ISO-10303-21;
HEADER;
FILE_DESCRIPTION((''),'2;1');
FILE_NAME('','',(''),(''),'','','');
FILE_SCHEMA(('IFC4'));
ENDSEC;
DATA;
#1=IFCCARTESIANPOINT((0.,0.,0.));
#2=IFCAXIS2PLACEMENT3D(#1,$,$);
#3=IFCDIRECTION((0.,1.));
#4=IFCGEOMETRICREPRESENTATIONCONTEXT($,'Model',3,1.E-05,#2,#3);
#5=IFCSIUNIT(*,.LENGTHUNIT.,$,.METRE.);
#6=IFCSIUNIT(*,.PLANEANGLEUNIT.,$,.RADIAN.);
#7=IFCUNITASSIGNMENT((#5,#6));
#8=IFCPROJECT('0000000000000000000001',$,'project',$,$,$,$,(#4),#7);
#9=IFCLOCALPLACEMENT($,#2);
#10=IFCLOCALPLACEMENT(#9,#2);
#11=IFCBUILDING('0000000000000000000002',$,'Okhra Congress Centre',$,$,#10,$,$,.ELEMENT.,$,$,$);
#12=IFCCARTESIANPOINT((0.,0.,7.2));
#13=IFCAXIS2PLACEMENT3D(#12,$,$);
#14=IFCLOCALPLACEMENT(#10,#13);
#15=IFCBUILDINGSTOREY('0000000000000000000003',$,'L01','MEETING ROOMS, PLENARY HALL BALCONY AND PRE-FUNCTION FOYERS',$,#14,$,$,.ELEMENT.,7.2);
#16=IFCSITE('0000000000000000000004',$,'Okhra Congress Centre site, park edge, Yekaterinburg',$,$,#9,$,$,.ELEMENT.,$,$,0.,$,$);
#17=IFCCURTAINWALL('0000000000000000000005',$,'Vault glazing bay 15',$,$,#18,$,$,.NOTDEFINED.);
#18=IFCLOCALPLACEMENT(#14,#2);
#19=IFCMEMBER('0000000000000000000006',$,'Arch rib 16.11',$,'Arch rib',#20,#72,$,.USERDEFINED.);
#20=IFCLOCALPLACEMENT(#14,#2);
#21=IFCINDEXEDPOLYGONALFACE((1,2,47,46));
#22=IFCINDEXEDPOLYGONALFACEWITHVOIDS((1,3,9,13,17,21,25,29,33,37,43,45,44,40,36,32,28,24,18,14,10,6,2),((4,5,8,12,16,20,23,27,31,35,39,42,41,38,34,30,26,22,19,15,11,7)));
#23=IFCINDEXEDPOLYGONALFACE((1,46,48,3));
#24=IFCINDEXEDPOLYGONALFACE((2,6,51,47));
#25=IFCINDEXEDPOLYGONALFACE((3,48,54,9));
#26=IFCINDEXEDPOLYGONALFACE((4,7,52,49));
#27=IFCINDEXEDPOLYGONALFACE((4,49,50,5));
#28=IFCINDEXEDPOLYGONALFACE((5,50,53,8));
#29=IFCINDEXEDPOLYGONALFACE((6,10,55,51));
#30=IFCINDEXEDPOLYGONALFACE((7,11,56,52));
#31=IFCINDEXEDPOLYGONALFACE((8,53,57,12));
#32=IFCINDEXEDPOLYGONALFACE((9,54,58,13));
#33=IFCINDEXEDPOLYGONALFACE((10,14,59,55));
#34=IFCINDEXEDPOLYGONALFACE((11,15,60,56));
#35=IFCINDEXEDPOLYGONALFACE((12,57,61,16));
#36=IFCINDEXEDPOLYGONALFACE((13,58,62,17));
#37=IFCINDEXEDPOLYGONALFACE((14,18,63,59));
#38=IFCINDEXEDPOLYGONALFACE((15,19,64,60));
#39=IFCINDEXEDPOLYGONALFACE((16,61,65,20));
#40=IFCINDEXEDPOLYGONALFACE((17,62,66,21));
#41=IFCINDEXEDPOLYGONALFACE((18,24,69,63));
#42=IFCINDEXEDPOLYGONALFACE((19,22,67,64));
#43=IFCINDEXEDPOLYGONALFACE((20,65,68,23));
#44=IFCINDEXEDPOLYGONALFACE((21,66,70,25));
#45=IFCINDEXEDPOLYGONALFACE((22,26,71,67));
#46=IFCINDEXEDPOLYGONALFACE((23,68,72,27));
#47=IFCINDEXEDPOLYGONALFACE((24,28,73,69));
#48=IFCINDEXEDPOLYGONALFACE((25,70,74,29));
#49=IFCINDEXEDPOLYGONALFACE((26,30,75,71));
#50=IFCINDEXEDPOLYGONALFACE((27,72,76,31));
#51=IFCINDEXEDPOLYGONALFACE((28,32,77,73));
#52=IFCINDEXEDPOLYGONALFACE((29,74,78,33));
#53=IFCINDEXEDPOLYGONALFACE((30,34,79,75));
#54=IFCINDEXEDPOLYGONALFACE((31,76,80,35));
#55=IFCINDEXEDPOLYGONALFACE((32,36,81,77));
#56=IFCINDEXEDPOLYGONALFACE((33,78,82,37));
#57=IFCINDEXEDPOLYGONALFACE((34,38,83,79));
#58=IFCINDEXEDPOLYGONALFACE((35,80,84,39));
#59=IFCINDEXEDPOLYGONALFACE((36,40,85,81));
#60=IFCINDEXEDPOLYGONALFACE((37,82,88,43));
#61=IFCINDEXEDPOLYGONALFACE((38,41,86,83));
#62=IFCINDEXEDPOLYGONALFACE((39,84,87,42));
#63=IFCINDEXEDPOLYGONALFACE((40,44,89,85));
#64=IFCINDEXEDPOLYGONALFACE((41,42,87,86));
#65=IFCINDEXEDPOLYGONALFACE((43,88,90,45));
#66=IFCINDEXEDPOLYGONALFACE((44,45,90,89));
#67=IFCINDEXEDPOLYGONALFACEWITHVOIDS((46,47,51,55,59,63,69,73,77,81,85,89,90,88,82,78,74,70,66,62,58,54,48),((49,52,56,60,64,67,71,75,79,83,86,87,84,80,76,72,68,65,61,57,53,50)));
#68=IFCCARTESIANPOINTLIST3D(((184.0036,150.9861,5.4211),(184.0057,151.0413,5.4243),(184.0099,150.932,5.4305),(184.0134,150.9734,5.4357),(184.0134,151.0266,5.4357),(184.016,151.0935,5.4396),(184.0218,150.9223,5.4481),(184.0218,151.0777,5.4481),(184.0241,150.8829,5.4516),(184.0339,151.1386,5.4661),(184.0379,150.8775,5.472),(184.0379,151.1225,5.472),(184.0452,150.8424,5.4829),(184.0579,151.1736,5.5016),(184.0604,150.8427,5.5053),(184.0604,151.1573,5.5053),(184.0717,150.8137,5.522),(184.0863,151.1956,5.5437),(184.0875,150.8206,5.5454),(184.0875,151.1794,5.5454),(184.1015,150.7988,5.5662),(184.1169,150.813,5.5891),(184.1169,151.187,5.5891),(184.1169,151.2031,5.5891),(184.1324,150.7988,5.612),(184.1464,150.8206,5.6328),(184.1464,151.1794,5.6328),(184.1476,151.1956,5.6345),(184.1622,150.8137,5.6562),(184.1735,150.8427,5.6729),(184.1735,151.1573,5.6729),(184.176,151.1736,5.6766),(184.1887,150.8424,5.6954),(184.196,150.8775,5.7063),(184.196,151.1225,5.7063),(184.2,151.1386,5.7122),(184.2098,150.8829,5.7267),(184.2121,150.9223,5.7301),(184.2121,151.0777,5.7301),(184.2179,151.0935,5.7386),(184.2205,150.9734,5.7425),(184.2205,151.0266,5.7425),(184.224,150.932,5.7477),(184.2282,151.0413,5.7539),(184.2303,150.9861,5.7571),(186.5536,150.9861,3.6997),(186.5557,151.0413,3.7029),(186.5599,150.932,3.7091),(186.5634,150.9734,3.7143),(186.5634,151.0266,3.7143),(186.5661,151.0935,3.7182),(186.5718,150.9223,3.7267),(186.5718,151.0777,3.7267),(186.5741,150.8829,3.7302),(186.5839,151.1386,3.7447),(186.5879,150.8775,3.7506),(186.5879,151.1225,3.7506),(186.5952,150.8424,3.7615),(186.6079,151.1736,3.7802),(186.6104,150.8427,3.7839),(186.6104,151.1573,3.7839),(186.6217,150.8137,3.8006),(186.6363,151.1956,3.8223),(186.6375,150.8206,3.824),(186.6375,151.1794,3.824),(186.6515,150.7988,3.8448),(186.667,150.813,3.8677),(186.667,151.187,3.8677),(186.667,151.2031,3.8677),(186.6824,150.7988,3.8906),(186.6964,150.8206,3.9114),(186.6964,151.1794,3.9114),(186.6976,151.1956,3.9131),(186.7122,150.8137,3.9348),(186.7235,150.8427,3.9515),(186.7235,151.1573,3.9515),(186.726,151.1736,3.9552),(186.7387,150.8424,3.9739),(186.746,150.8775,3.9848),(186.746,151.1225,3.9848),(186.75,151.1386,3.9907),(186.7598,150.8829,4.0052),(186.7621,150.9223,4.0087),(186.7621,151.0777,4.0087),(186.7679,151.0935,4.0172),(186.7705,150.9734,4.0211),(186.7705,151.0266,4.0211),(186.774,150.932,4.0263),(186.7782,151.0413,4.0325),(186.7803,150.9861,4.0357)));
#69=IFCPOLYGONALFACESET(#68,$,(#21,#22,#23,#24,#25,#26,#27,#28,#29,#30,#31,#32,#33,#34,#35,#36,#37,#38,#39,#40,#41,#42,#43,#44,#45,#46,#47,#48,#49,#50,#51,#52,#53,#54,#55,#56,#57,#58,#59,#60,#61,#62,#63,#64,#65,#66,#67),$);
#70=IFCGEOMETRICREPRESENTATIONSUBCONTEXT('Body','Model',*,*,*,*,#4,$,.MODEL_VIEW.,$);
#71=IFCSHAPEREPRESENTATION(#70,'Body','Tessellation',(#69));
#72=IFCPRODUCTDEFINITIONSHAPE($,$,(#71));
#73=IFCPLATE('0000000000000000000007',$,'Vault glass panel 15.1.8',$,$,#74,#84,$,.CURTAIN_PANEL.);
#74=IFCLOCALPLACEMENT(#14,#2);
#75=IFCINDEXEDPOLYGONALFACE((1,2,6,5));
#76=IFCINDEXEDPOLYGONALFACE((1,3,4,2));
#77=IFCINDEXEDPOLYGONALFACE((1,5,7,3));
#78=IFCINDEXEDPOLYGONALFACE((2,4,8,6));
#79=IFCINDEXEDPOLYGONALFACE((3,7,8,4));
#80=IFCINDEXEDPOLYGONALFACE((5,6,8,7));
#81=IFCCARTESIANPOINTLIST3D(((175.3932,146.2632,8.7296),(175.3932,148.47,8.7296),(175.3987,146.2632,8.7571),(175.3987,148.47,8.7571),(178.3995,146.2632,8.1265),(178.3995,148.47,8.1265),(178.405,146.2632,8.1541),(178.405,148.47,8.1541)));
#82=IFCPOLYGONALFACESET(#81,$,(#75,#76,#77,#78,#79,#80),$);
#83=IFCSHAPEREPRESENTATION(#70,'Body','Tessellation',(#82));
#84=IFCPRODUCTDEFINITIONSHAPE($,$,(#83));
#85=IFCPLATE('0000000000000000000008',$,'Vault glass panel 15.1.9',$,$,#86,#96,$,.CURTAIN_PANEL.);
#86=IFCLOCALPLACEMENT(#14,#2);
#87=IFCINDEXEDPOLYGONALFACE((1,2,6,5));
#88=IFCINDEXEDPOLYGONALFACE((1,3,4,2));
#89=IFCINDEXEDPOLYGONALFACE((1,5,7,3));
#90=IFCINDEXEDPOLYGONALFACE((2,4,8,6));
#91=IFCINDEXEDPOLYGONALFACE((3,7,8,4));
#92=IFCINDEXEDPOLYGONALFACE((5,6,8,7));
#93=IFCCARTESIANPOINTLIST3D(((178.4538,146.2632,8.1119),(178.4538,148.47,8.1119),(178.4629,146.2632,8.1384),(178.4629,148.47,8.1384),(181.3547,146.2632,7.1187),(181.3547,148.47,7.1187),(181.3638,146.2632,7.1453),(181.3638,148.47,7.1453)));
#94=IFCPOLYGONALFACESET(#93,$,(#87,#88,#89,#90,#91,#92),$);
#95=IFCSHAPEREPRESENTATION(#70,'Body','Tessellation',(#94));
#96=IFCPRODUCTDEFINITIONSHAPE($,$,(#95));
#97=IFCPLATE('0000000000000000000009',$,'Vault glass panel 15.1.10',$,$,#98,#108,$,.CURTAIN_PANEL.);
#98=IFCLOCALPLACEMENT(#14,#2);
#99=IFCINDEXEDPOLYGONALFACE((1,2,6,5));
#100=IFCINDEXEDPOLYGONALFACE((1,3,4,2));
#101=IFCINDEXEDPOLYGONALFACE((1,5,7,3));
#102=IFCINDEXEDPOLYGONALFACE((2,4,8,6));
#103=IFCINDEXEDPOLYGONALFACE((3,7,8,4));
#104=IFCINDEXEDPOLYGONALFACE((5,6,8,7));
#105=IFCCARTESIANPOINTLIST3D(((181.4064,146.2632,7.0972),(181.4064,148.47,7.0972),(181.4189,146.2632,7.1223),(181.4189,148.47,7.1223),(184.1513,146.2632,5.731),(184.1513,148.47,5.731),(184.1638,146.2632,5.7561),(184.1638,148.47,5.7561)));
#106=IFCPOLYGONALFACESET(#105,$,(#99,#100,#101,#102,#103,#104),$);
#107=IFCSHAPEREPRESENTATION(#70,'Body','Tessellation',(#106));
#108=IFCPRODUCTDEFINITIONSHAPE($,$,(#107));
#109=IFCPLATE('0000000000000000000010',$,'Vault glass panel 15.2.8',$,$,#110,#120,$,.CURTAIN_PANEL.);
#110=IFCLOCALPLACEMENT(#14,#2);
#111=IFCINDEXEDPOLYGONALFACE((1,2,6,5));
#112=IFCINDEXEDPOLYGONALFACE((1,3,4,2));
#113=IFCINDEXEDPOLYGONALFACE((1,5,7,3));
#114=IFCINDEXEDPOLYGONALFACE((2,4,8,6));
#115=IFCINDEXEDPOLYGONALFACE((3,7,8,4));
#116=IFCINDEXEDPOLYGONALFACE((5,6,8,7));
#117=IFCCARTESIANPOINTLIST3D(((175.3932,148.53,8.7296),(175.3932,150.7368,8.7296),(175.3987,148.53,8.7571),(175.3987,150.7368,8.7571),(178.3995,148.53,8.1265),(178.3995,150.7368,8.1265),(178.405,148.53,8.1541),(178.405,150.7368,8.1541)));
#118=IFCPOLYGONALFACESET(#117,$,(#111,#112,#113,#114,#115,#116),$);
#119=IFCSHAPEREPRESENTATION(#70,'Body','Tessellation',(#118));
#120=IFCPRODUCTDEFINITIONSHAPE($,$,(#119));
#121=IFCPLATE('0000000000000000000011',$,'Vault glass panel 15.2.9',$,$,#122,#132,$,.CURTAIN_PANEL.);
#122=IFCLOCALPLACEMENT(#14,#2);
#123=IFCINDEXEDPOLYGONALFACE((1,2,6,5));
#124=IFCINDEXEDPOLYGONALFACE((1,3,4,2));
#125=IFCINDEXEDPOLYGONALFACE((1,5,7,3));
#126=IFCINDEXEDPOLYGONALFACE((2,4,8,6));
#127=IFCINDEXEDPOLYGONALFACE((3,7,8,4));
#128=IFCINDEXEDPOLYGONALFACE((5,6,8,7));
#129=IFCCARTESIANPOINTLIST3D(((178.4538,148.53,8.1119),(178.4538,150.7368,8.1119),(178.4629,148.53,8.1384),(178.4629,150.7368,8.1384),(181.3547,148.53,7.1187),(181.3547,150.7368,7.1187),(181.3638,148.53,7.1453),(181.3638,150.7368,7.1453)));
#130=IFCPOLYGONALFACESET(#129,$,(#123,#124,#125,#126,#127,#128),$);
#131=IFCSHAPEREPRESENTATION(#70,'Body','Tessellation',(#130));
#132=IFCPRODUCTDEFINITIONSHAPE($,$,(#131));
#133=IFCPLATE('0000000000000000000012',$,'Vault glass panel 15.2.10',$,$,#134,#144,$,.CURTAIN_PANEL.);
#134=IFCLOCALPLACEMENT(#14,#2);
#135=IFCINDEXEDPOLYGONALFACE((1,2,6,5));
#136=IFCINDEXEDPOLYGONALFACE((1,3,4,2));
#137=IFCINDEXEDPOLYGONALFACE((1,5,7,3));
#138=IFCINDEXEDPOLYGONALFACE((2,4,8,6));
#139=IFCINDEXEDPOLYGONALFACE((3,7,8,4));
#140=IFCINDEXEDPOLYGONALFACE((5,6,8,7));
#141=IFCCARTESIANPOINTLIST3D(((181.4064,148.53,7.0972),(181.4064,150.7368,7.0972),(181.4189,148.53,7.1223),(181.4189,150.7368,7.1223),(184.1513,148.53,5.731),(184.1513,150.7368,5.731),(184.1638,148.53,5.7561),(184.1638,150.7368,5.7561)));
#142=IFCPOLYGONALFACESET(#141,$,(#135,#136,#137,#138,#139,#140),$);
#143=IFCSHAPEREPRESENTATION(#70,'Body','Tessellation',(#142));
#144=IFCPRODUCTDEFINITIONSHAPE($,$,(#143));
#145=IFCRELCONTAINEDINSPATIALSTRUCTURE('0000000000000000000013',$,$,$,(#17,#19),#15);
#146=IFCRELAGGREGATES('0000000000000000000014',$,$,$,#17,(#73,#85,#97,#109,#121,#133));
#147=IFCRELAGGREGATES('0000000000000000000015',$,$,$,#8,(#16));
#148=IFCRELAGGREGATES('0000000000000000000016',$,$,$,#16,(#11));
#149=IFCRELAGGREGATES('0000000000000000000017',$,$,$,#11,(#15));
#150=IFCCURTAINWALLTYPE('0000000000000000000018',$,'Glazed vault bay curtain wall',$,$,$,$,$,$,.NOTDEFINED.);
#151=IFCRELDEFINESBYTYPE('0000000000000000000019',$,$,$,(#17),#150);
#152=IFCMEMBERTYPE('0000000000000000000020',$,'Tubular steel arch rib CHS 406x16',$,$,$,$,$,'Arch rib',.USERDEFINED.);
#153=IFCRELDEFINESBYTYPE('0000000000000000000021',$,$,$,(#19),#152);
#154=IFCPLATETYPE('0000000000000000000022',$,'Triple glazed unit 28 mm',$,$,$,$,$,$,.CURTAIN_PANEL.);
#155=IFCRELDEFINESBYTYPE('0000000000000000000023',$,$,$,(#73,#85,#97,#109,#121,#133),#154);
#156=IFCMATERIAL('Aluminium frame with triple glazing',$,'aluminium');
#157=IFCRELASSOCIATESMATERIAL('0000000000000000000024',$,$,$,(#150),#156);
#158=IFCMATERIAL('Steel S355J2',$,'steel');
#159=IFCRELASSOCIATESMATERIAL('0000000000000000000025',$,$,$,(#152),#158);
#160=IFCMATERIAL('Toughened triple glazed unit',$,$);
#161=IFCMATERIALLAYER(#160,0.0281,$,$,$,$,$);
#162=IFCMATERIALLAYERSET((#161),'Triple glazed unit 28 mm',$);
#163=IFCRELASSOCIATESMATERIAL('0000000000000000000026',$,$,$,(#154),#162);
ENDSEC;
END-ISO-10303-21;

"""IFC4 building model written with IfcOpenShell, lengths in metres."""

from ifc_helpers import new_model, si_unit, direction, frame, origin, origin_2d, place, context, subcontext, project, spatial, polyline, hollow_circle, outline, extrude, material, layer, layer_set, material_profile, profile_set, type_object, element, aggregate, save


model = new_model("IFC4")

# Units and contexts
model_context = context("Model", 3, precision=1e-05, world=origin(), true_north=direction((0.0, 1.0)))
body_context = subcontext(model_context, "Body", "Model", "MODEL_VIEW")
ifc_project = project(units=[si_unit("LENGTHUNIT", "METRE"), si_unit("PLANEANGLEUNIT", "RADIAN")], contexts=[model_context])

# Site, building, storey
site_placement = place(None, origin())
site = spatial("IfcSite", under=ifc_project, at=site_placement, Name="Okhra Congress Centre site, park edge, Yekaterinburg", CompositionType="ELEMENT", RefElevation=0.0)
building_placement = place(site_placement, origin())
building = spatial("IfcBuilding", under=site, at=building_placement, Name="Okhra Congress Centre", CompositionType="ELEMENT")
storey_placement = place(building_placement, frame((0.0, 0.0, 7.2)))
storey = spatial("IfcBuildingStorey", under=building, at=storey_placement, Name="L01", Description="MEETING ROOMS, PLENARY HALL BALCONY AND PRE-FUNCTION FOYERS", CompositionType="ELEMENT", Elevation=7.2)

# Curtain wall
ifc_material_1 = material(Name="Aluminium frame with triple glazing", Category="aluminium")
curtain_wall_type = type_object("IfcCurtainWallType", Name="Glazed vault bay curtain wall", PredefinedType="NOTDEFINED", material=ifc_material_1)
curtain_wall_1_placement = place(storey_placement, origin())
curtain_wall_1 = element("IfcCurtainWall", 1, at=curtain_wall_1_placement, inside=storey, type_object=curtain_wall_type, Name="Vault glazing bay 15", PredefinedType="NOTDEFINED")

# Member
ifc_material_2 = material(Name="Steel S355J2", Category="steel")
ifc_material_profile_1 = material_profile(ifc_material_2, hollow_circle(Radius=0.2031, WallThickness=0.0161, at=origin_2d()), Name="CHS 406.4x16")
ifc_profile_set_1 = profile_set([ifc_material_profile_1], Name="Steel S355J2")
member_type_1 = type_object("IfcMemberType", Name="Tubular steel arch rib CHS 406x16", ElementType="Arch rib", PredefinedType="USERDEFINED", material=ifc_profile_set_1)
member_1_placement = place(storey_placement, frame((184.1169, 151.0, 5.5891), z_axis=(0.828826, 0.0, -0.559507), x_axis=(0.0, 1.0, 0.0)))
element("IfcMember", 2, at=member_1_placement, inside=storey, type_object=member_type_1, Name="Arch rib 16.11", ObjectType="Arch rib", PredefinedType="USERDEFINED", context=body_context, shape_type="SweptSolid", body=[
    extrude(hollow_circle(Radius=0.2031, WallThickness=0.0161, at=origin_2d()), origin(), (0.0, 0.0, 1.0), 3.0767),
])

# Plates
ifc_material_3 = material(Name="Toughened triple glazed unit")
ifc_layer = layer(ifc_material_3, 0.0281)
ifc_layer_set = layer_set([ifc_layer], Name="Triple glazed unit 28 mm")
plate_type = type_object("IfcPlateType", Name="Triple glazed unit 28 mm", PredefinedType="CURTAIN_PANEL", material=ifc_layer_set)
plate_1_placement = place(storey_placement, frame((175.3987, 146.2632, 8.7571), z_axis=(0.196667, 0.0, 0.98047), x_axis=(0.98047, 0.0, -0.196667)))
plate_1 = element("IfcPlate", 3, at=plate_1_placement, type_object=plate_type, Name="Vault glass panel 15.1.8", PredefinedType="CURTAIN_PANEL", context=body_context, shape_type="SweptSolid", body=[
    extrude(outline(polyline([(0.0, 0.0), (3.0662, 0.0), (3.0662, 2.2068), (0.0, 2.2068), (0.0, 0.0)])), origin(), (0.0, 0.0, -1.0), 0.0281),
])
plate_2_placement = place(storey_placement, frame((178.4629, 146.2632, 8.1384), z_axis=(0.323909, 0.0, 0.946088), x_axis=(0.946088, 0.0, -0.323909)))
plate_2 = element("IfcPlate", 4, at=plate_2_placement, type_object=plate_type, Name="Vault glass panel 15.1.9", PredefinedType="CURTAIN_PANEL", context=body_context, shape_type="SweptSolid", body=[
    extrude(outline(polyline([(0.0, 0.0), (3.0662, 0.0), (3.0662, 2.2068), (0.0, 2.2068), (0.0, 0.0)])), origin(), (0.0, 0.0, -1.0), 0.0281),
])
plate_3_placement = place(storey_placement, frame((181.4189, 146.2632, 7.1223), z_axis=(0.445588, 0.0, 0.895238), x_axis=(0.895238, 0.0, -0.445588)))
plate_3 = element("IfcPlate", 5, at=plate_3_placement, type_object=plate_type, Name="Vault glass panel 15.1.10", PredefinedType="CURTAIN_PANEL", context=body_context, shape_type="SweptSolid", body=[
    extrude(outline(polyline([(0.0, 0.0), (3.0661, 0.0), (3.0661, 2.2068), (0.0, 2.2068), (0.0, 0.0)])), origin(), (0.0, 0.0, -1.0), 0.0281),
])
plate_4_placement = place(storey_placement, frame((175.3987, 148.53, 8.7571), z_axis=(0.196667, 0.0, 0.98047), x_axis=(0.98047, 0.0, -0.196667)))
plate_4 = element("IfcPlate", 6, at=plate_4_placement, type_object=plate_type, Name="Vault glass panel 15.2.8", PredefinedType="CURTAIN_PANEL", context=body_context, shape_type="SweptSolid", body=[
    extrude(outline(polyline([(0.0, 0.0), (3.0662, 0.0), (3.0662, 2.2068), (0.0, 2.2068), (0.0, 0.0)])), origin(), (0.0, 0.0, -1.0), 0.0281),
])
plate_5_placement = place(storey_placement, frame((178.4629, 148.53, 8.1384), z_axis=(0.323909, 0.0, 0.946088), x_axis=(0.946088, 0.0, -0.323909)))
plate_5 = element("IfcPlate", 7, at=plate_5_placement, type_object=plate_type, Name="Vault glass panel 15.2.9", PredefinedType="CURTAIN_PANEL", context=body_context, shape_type="SweptSolid", body=[
    extrude(outline(polyline([(0.0, 0.0), (3.0662, 0.0), (3.0662, 2.2068), (0.0, 2.2068), (0.0, 0.0)])), origin(), (0.0, 0.0, -1.0), 0.0281),
])
plate_6_placement = place(storey_placement, frame((181.4189, 148.53, 7.1223), z_axis=(0.445588, 0.0, 0.895238), x_axis=(0.895238, 0.0, -0.445588)))
plate_6 = element("IfcPlate", 8, at=plate_6_placement, type_object=plate_type, Name="Vault glass panel 15.2.10", PredefinedType="CURTAIN_PANEL", context=body_context, shape_type="SweptSolid", body=[
    extrude(outline(polyline([(0.0, 0.0), (3.0661, 0.0), (3.0661, 2.2068), (0.0, 2.2068), (0.0, 0.0)])), origin(), (0.0, 0.0, -1.0), 0.0281),
])
aggregate(curtain_wall_1, [plate_1, plate_2, plate_3, plate_4, plate_5, plate_6])

save(model, "model.ifc")
